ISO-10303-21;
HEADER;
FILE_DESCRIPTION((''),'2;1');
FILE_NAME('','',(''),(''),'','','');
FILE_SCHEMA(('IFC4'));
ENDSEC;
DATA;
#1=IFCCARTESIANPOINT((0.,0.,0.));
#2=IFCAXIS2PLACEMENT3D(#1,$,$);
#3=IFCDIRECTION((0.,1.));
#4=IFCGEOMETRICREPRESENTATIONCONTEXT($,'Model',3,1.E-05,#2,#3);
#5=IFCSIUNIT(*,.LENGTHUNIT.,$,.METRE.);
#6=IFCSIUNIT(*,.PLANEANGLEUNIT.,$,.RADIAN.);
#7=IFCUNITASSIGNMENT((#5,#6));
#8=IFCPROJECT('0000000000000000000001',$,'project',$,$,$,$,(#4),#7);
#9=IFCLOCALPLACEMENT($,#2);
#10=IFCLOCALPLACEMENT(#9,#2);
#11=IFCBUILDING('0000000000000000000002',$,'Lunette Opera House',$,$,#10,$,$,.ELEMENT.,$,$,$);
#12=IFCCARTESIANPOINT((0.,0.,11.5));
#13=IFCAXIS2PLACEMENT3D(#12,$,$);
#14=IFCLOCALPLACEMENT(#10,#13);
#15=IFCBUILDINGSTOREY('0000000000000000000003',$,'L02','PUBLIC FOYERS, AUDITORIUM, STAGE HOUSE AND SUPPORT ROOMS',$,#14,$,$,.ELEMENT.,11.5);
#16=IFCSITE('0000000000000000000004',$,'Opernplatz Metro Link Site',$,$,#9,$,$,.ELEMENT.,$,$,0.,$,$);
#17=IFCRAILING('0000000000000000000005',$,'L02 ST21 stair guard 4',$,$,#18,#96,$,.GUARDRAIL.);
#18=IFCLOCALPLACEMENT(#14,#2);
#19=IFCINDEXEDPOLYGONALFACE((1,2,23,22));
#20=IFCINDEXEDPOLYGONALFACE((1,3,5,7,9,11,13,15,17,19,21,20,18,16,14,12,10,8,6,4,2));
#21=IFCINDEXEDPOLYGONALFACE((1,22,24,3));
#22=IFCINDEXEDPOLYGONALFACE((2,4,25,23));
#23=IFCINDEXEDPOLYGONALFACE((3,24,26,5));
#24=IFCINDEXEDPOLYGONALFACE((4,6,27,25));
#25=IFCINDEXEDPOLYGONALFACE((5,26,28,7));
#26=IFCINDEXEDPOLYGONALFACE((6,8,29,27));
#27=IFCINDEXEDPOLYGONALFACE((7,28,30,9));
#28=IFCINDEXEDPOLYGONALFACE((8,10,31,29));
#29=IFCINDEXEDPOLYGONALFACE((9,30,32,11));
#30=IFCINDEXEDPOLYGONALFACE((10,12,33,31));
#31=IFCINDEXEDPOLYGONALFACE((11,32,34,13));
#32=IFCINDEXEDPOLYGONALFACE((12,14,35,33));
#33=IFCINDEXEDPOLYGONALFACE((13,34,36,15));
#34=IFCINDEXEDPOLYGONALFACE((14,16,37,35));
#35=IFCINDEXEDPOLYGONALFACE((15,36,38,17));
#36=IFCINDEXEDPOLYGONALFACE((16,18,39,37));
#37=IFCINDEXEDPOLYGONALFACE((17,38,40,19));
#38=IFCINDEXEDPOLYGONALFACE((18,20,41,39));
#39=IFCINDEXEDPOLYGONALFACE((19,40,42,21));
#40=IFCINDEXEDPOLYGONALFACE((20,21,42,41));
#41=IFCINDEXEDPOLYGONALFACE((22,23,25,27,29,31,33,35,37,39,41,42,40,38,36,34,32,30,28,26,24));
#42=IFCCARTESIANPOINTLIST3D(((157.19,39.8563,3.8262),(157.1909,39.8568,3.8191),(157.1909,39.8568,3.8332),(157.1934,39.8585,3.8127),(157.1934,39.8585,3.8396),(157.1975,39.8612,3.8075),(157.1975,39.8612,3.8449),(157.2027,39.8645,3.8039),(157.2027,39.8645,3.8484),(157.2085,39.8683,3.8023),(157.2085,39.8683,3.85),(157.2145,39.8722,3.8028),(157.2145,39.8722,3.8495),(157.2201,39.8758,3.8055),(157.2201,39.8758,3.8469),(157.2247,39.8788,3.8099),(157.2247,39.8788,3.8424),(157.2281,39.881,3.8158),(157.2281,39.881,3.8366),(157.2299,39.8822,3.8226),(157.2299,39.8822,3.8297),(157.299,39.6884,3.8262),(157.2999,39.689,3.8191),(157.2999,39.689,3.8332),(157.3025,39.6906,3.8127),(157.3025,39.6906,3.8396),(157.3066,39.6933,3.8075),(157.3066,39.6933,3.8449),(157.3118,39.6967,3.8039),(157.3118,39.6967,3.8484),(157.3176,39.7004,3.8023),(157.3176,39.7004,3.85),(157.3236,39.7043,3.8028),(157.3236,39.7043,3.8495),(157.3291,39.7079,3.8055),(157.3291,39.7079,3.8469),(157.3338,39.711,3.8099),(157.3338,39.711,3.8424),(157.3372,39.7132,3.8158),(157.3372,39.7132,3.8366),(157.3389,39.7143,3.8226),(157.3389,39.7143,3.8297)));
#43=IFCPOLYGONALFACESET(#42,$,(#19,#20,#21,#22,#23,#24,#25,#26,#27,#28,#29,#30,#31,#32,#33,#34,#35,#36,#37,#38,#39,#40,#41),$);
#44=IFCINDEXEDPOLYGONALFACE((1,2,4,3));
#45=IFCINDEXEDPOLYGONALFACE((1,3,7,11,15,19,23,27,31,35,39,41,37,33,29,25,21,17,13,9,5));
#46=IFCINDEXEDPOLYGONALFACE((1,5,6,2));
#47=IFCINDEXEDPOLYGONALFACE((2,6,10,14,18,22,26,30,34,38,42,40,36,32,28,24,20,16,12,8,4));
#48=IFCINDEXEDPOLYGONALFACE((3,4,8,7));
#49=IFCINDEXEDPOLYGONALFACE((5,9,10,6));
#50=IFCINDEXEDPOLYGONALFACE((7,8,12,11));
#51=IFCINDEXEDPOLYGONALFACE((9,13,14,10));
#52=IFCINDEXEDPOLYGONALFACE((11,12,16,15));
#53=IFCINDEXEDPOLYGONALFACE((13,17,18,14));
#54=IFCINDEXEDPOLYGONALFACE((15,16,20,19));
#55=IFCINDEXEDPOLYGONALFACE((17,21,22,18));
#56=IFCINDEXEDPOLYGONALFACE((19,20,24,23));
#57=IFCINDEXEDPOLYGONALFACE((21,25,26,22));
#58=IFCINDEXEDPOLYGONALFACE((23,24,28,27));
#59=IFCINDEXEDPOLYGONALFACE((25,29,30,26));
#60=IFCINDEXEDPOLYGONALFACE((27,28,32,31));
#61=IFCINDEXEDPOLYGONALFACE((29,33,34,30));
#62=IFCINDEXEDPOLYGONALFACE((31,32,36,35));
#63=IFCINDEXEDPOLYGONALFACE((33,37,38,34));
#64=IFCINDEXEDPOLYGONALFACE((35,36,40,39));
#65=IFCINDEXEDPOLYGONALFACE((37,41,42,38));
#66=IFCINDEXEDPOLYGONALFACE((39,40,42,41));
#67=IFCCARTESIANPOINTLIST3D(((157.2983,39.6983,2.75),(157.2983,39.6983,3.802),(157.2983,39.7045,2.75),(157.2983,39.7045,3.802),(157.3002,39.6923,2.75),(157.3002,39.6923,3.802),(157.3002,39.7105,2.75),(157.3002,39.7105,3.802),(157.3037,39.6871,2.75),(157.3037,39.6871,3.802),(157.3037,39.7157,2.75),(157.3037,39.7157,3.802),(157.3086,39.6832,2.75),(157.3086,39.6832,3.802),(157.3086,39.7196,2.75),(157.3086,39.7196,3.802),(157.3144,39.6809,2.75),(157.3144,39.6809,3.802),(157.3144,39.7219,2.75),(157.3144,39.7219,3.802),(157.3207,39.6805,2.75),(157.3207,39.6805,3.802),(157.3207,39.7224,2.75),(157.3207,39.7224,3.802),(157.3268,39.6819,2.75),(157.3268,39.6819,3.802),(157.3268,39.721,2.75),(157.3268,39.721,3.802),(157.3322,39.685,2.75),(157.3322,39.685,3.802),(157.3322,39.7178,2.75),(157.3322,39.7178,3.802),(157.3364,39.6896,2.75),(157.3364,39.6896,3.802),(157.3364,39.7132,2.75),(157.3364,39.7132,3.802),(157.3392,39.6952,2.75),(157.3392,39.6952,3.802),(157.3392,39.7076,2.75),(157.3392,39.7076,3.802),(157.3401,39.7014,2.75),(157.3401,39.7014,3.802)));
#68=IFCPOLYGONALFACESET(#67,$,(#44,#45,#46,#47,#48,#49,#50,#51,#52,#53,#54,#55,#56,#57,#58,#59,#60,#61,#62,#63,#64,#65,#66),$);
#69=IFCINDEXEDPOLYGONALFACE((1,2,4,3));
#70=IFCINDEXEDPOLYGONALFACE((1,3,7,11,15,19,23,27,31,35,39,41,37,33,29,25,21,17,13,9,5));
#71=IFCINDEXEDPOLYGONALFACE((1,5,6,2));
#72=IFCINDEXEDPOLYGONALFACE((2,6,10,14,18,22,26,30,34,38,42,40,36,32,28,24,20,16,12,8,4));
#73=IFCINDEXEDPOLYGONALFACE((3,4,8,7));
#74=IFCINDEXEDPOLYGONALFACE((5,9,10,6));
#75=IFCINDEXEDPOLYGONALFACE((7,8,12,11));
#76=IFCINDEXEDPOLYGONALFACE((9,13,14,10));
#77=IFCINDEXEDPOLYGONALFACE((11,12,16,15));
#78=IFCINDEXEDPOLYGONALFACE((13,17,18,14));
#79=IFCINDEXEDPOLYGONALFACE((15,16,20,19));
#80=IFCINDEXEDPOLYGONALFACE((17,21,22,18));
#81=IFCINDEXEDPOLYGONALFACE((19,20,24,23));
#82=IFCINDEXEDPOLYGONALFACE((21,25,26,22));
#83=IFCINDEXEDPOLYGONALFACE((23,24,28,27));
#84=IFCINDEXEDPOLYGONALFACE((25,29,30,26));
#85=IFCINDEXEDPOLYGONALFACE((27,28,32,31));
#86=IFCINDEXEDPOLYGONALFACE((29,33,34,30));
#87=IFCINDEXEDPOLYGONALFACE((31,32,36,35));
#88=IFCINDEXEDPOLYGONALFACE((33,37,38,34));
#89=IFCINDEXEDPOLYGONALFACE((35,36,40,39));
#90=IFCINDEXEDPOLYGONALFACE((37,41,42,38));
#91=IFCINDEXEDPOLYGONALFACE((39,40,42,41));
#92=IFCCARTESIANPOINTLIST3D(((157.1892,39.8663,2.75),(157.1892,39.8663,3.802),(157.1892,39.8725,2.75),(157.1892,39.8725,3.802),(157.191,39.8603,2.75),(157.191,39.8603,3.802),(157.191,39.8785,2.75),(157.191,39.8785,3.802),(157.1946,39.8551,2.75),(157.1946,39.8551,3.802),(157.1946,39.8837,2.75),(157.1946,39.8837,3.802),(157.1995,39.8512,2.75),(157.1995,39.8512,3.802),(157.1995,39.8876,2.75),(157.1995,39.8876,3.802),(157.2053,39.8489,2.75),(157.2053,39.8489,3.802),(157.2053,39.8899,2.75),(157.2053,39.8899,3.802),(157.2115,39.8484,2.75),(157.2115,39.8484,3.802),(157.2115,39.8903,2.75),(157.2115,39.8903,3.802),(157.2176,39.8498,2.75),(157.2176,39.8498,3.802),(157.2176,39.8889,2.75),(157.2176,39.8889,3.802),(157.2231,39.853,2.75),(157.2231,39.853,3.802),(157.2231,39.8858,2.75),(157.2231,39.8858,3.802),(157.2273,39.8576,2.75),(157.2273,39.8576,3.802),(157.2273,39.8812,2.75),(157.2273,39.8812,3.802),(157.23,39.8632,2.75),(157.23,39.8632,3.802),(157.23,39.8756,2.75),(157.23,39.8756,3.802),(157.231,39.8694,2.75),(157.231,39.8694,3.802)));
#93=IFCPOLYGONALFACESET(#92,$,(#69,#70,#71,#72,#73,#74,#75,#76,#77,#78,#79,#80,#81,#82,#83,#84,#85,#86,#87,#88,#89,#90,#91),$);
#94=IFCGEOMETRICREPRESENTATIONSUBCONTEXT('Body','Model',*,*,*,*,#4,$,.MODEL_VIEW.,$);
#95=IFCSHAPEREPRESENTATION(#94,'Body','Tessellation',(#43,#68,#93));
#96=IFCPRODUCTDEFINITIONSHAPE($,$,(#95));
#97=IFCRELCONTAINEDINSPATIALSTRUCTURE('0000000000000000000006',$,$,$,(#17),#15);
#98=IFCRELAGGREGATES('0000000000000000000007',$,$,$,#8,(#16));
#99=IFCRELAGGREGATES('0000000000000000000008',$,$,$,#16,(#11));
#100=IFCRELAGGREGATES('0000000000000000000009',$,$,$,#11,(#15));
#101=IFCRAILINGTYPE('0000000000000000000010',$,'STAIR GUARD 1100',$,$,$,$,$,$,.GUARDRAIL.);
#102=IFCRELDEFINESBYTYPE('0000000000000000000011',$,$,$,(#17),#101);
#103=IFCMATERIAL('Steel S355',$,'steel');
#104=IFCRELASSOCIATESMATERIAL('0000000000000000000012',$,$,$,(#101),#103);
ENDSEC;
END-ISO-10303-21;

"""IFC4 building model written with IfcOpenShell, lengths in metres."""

from ifc_helpers import new_model, si_unit, direction, frame, origin, origin_2d, place, context, subcontext, project, spatial, circle, extrude, material, type_object, element, save


model = new_model("IFC4")

# Units and contexts
model_context = context("Model", 3, precision=1e-05, world=origin(), true_north=direction((0.0, 1.0)))
body_context = subcontext(model_context, "Body", "Model", "MODEL_VIEW")
ifc_project = project(units=[si_unit("LENGTHUNIT", "METRE"), si_unit("PLANEANGLEUNIT", "RADIAN")], contexts=[model_context])

# Site, building, storey
site_placement = place(None, origin())
site = spatial("IfcSite", under=ifc_project, at=site_placement, Name="Opernplatz Metro Link Site", CompositionType="ELEMENT", RefElevation=0.0)
building_placement = place(site_placement, origin())
building = spatial("IfcBuilding", under=site, at=building_placement, Name="Lunette Opera House", CompositionType="ELEMENT")
storey_placement = place(building_placement, frame((0.0, 0.0, 11.5)))
storey = spatial("IfcBuildingStorey", under=building, at=storey_placement, Name="L02", Description="PUBLIC FOYERS, AUDITORIUM, STAGE HOUSE AND SUPPORT ROOMS", CompositionType="ELEMENT", Elevation=11.5)

# Railing
ifc_material_1 = material(Name="Steel S355", Category="steel")
railing_type = type_object("IfcRailingType", Name="STAIR GUARD 1100", PredefinedType="GUARDRAIL", material=ifc_material_1)
railing_1_placement = place(storey_placement, frame((157.3191, 39.7014, 2.75)))
element("IfcRailing", 1, at=railing_1_placement, inside=storey, type_object=railing_type, Name="L02 ST21 stair guard 4", PredefinedType="GUARDRAIL", context=body_context, shape_type="SweptSolid", body=[
    extrude(circle(Radius=0.0239, at=origin_2d()), frame((0.0, 0.0, 1.0762), z_axis=(-0.544817, 0.838555, 0.0), x_axis=(-0.838555, -0.544817, 0.0)), (0.0, 0.0, 1.0), 0.2002),
    extrude(circle(Radius=0.021, at=origin_2d()), origin(), (0.0, 0.0, 1.0), 1.052),
    extrude(circle(Radius=0.021, at=origin_2d()), frame((-0.1091, 0.168, 0.0)), (0.0, 0.0, 1.0), 1.052),
])

save(model, "model.ifc")
